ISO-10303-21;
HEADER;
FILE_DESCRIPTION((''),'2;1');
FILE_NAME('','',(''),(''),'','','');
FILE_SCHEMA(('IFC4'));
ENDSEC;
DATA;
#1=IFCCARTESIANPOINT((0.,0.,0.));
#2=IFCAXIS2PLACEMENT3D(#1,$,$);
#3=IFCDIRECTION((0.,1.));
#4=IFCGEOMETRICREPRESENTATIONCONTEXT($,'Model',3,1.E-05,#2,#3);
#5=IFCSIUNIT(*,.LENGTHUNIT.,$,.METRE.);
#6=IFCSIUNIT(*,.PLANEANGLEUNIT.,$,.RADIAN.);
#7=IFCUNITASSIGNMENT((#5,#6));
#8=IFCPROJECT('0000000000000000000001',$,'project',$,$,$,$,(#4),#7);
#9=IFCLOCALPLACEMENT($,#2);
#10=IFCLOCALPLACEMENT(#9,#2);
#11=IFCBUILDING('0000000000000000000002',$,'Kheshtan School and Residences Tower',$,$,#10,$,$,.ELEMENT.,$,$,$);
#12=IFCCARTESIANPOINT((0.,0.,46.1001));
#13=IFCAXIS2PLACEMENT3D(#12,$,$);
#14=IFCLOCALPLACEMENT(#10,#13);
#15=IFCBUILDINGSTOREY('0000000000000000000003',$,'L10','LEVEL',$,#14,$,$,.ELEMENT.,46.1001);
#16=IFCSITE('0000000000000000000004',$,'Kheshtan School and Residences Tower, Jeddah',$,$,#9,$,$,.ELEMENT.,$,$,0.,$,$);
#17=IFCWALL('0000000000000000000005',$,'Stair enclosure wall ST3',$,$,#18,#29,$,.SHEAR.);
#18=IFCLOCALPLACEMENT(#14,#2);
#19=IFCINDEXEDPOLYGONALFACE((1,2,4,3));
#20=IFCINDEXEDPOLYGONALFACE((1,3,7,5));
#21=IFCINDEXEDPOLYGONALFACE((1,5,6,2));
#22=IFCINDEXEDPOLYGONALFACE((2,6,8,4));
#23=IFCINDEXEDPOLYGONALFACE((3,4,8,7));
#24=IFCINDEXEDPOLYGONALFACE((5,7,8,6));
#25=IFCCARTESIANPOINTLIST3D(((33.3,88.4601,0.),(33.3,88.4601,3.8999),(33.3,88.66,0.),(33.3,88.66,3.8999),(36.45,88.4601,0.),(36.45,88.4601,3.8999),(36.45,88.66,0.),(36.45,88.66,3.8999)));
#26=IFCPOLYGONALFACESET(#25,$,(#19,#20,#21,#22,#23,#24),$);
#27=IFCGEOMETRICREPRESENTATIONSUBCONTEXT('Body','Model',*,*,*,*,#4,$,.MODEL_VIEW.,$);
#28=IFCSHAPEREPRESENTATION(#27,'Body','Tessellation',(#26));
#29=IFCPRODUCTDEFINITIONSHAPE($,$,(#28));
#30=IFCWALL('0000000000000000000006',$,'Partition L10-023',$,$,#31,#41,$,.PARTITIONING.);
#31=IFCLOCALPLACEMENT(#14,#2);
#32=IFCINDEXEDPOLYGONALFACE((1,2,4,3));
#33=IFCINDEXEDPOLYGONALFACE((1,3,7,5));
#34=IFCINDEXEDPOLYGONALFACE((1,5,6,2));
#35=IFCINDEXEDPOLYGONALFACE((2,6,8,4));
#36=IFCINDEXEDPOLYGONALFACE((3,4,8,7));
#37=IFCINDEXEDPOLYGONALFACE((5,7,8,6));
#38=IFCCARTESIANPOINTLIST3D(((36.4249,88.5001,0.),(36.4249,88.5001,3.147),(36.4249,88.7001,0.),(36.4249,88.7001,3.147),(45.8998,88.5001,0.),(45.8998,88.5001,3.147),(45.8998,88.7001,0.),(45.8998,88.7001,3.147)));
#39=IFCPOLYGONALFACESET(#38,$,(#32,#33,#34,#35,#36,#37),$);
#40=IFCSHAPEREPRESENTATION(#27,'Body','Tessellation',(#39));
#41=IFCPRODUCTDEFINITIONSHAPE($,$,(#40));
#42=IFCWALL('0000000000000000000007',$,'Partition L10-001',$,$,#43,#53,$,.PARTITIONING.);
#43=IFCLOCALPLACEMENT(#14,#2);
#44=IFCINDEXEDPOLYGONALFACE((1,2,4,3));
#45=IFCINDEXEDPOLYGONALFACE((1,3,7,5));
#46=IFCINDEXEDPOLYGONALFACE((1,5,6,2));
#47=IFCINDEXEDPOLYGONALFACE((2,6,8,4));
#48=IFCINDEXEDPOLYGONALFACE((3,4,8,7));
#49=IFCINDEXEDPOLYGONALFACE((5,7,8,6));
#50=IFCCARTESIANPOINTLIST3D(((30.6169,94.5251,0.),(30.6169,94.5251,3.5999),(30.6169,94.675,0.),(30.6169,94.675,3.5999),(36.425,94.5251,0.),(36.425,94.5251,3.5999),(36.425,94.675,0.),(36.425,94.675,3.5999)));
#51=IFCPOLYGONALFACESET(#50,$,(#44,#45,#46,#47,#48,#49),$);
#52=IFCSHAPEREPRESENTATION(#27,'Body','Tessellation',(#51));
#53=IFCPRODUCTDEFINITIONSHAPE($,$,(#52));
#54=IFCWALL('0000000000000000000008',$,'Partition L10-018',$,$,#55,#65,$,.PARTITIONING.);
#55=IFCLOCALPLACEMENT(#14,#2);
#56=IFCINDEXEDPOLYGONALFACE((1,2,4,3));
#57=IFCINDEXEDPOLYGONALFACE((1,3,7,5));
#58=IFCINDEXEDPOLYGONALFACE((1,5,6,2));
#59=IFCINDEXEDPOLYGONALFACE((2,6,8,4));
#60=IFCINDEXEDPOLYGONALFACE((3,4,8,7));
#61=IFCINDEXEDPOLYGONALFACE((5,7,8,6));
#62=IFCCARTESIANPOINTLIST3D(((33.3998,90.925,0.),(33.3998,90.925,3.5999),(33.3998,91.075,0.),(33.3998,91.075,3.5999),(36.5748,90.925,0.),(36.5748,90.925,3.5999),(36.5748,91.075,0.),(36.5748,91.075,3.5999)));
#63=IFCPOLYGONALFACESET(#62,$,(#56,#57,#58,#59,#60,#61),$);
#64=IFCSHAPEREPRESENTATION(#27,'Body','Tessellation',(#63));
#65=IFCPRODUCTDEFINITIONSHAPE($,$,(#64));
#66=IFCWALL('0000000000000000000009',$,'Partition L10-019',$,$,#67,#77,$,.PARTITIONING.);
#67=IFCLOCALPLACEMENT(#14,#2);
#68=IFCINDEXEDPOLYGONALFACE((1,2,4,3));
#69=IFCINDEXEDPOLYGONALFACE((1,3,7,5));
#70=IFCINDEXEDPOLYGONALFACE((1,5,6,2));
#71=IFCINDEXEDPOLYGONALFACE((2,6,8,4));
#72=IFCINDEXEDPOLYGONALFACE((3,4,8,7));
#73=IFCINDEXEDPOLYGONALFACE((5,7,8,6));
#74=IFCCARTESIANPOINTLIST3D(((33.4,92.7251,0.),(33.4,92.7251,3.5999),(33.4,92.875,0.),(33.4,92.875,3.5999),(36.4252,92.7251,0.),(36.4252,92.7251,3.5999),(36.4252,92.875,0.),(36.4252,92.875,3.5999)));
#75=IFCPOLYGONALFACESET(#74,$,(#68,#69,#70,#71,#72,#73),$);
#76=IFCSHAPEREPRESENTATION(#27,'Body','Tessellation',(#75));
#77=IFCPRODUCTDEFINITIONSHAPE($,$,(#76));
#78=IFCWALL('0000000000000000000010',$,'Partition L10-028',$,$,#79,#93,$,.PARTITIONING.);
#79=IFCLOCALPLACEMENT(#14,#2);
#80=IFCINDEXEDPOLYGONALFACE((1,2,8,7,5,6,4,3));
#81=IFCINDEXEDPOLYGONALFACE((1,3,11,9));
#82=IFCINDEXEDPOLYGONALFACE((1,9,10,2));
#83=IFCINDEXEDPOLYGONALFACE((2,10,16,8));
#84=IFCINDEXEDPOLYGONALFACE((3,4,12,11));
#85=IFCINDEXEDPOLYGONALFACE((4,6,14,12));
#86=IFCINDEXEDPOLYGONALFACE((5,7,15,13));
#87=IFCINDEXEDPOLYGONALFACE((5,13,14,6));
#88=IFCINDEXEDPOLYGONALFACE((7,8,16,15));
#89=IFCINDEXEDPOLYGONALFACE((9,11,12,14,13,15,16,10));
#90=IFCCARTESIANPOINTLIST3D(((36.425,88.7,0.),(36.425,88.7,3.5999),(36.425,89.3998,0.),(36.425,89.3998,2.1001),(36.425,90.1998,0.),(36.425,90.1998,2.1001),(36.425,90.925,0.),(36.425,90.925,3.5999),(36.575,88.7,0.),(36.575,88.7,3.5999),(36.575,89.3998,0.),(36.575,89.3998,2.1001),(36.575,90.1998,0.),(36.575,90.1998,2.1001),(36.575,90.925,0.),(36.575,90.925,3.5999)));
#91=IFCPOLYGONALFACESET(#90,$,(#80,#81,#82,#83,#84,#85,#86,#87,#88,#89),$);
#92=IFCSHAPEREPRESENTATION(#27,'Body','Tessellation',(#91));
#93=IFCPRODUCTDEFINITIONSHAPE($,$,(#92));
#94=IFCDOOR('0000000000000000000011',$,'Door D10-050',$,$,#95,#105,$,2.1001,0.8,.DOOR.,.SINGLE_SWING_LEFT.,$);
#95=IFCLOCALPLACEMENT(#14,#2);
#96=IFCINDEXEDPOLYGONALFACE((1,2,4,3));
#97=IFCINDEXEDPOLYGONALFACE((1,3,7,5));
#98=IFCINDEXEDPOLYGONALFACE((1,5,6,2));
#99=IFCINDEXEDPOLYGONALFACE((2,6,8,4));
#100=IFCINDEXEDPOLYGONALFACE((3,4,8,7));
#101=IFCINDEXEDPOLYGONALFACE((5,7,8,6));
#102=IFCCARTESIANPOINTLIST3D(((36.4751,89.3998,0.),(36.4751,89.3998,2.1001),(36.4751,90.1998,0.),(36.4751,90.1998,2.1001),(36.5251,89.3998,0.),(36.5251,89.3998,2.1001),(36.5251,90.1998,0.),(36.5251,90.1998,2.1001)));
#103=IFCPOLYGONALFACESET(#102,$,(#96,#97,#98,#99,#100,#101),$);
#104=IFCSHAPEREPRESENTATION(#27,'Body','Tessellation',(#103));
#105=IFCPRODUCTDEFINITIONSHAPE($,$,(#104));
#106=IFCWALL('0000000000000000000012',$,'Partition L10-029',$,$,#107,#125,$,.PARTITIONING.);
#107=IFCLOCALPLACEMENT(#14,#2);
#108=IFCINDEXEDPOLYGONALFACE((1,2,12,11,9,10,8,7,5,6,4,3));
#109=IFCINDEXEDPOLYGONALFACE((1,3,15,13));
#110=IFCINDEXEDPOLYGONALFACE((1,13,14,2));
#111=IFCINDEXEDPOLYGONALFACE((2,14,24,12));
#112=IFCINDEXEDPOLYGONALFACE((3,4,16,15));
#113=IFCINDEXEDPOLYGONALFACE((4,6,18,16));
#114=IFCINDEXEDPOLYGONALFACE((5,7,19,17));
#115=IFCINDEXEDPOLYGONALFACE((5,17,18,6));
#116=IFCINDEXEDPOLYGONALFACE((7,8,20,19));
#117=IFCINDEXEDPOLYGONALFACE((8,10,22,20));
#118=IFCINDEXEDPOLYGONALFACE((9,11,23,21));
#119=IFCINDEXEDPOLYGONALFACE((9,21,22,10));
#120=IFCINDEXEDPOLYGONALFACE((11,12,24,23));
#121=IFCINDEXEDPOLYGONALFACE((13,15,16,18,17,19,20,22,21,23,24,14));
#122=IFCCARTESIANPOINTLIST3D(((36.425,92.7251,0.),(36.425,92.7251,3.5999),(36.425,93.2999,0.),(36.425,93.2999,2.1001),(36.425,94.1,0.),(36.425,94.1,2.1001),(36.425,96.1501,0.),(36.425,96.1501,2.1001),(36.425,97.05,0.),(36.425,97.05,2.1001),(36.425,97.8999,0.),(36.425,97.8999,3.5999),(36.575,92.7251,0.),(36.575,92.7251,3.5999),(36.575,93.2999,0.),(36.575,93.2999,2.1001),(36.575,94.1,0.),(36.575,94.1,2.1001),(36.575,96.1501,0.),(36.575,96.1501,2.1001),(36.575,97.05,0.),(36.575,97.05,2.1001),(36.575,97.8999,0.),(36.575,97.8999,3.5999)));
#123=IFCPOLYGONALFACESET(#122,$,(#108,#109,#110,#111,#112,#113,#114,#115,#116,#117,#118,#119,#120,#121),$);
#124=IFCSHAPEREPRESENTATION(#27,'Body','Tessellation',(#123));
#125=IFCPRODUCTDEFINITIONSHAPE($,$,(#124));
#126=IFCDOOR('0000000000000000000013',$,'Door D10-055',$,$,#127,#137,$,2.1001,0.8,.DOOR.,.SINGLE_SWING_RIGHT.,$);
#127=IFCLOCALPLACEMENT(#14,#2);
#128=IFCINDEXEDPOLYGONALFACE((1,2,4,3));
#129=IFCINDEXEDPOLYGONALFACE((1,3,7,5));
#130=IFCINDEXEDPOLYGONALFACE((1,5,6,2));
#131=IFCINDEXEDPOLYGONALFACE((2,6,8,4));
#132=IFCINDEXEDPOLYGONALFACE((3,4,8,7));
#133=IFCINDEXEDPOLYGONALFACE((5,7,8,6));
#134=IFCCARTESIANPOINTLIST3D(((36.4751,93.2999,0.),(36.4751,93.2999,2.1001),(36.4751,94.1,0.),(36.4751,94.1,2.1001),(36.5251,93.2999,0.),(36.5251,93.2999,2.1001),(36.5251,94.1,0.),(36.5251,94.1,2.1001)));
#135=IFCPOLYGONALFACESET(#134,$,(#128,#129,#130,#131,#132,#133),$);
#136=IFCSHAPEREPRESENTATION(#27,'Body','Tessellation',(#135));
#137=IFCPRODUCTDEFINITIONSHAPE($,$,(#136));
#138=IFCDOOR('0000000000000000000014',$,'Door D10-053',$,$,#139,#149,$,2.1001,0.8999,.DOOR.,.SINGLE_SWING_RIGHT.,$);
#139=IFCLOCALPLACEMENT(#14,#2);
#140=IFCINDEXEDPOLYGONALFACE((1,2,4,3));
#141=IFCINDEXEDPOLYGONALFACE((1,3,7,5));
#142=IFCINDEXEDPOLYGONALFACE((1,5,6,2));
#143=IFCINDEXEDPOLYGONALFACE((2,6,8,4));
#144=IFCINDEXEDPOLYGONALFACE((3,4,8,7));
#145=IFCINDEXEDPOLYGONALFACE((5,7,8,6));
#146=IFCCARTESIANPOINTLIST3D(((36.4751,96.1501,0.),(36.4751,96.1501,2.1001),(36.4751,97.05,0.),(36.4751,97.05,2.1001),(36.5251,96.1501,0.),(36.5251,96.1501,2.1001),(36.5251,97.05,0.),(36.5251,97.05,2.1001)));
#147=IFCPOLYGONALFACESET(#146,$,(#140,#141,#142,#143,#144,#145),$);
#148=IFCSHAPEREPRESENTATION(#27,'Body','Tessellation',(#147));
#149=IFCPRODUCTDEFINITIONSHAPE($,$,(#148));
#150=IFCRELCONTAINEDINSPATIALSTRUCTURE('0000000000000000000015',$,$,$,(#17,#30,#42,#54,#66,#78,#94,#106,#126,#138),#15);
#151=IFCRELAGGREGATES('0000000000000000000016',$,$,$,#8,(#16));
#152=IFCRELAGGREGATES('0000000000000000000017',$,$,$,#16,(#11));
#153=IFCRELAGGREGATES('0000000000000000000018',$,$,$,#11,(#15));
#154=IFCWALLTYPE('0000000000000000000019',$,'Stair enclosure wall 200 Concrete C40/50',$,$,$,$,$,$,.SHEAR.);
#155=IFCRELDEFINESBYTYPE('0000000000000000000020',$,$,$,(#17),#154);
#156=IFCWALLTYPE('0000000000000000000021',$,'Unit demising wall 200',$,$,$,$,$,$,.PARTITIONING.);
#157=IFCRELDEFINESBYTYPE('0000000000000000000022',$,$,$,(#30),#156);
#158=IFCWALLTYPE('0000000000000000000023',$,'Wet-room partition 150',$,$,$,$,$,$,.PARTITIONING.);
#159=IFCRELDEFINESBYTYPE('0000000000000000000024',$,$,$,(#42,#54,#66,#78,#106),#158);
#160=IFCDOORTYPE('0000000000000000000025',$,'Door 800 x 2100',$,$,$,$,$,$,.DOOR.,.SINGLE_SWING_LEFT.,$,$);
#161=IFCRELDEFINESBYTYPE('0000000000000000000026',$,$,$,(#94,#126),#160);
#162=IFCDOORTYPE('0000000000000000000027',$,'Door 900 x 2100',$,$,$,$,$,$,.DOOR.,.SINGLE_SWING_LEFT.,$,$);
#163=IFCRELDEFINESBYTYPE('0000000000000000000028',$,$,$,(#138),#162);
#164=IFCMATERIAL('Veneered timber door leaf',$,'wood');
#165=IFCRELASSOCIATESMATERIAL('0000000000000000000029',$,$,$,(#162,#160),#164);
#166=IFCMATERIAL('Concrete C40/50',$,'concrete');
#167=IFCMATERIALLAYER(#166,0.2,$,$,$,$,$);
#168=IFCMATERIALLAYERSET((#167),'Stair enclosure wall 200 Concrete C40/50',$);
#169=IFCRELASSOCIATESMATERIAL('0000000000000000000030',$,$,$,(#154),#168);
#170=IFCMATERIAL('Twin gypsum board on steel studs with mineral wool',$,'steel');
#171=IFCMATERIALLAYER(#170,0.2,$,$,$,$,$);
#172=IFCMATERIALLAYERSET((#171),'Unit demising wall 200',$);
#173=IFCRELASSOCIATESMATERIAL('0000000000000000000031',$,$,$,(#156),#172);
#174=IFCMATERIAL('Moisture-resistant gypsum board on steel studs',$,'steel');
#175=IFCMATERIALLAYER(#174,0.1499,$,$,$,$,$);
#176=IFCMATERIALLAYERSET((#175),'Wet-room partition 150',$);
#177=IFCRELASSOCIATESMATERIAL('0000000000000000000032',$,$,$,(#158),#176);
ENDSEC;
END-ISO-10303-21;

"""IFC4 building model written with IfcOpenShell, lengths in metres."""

from ifc_helpers import new_model, si_unit, direction, frame, frame_2d, origin, place, context, subcontext, project, spatial, rectangle, extrude, source, transform, mapped, material, layer, layer_set, type_object, element, fill, save


model = new_model("IFC4")

# Units and contexts
model_context = context("Model", 3, precision=1e-05, world=origin(), true_north=direction((0.0, 1.0)))
body_context = subcontext(model_context, "Body", "Model", "MODEL_VIEW")
ifc_project = project(units=[si_unit("LENGTHUNIT", "METRE"), si_unit("PLANEANGLEUNIT", "RADIAN")], contexts=[model_context])

# Site, building, storey
site_placement = place(None, origin())
site = spatial("IfcSite", under=ifc_project, at=site_placement, Name="Kheshtan School and Residences Tower, Jeddah", CompositionType="ELEMENT", RefElevation=0.0)
building_placement = place(site_placement, origin())
building = spatial("IfcBuilding", under=site, at=building_placement, Name="Kheshtan School and Residences Tower", CompositionType="ELEMENT")
storey_placement = place(building_placement, frame((0.0, 0.0, 46.1001)))
storey = spatial("IfcBuildingStorey", under=building, at=storey_placement, Name="L10", Description="LEVEL", CompositionType="ELEMENT", Elevation=46.1001)

# Shared definitions
ifc_material_1 = material(Name="Veneered timber door leaf", Category="wood")
door_type_1 = type_object("IfcDoorType", Name="Door 900 x 2100", OperationType="SINGLE_SWING_LEFT", PredefinedType="DOOR", material=ifc_material_1)
shared_shape_1 = source(origin(), body_context, "Body", "SweptSolid", [
    extrude(rectangle(XDim=0.8999, YDim=2.1001, at=frame_2d((0.45, 1.05))), frame((0.0, 0.0249, 0.0), z_axis=(0.0, -1.0, 0.0), x_axis=(1.0, 0.0, 0.0)), (0.0, 0.0, 1.0), 0.05),
])

# Walls
ifc_material_2 = material(Name="Concrete C40/50", Category="concrete")
ifc_layer_1 = layer(ifc_material_2, 0.2)
ifc_layer_set_1 = layer_set([ifc_layer_1], Name="Stair enclosure wall 200 Concrete C40/50")
wall_type_1 = type_object("IfcWallType", Name="Stair enclosure wall 200 Concrete C40/50", PredefinedType="SHEAR", material=ifc_layer_set_1)
wall_1_placement = place(storey_placement, frame((33.3, 88.5601, 0.0), z_axis=(0.0, 0.0, 1.0), x_axis=(1.0, 0.0, 0.0)))
element("IfcWall", 1, at=wall_1_placement, inside=storey, type_object=wall_type_1, Name="Stair enclosure wall ST3", PredefinedType="SHEAR", context=body_context, shape_type="SweptSolid", body=[
    extrude(rectangle(XDim=3.1499, YDim=0.2, at=frame_2d((1.575, 0.0))), origin(), (0.0, 0.0, 1.0), 3.8999),
])
ifc_material_3 = material(Name="Twin gypsum board on steel studs with mineral wool", Category="steel")
ifc_layer_2 = layer(ifc_material_3, 0.2)
ifc_layer_set_2 = layer_set([ifc_layer_2], Name="Unit demising wall 200")
wall_type_2 = type_object("IfcWallType", Name="Unit demising wall 200", PredefinedType="PARTITIONING", material=ifc_layer_set_2)
wall_2_placement = place(storey_placement, frame((36.425, 88.6001, 0.0), z_axis=(0.0, 0.0, 1.0), x_axis=(1.0, 0.0, 0.0)))
element("IfcWall", 2, at=wall_2_placement, inside=storey, type_object=wall_type_2, Name="Partition L10-023", PredefinedType="PARTITIONING", context=body_context, shape_type="SweptSolid", body=[
    extrude(rectangle(XDim=9.4749, YDim=0.2, at=frame_2d((4.7373, 0.0))), origin(), (0.0, 0.0, 1.0), 3.147),
])
ifc_material_4 = material(Name="Moisture-resistant gypsum board on steel studs", Category="steel")
ifc_layer_3 = layer(ifc_material_4, 0.1499)
ifc_layer_set_3 = layer_set([ifc_layer_3], Name="Wet-room partition 150")
wall_type_3 = type_object("IfcWallType", Name="Wet-room partition 150", PredefinedType="PARTITIONING", material=ifc_layer_set_3)
wall_3_placement = place(storey_placement, frame((30.6169, 94.6001, 0.0), z_axis=(0.0, 0.0, 1.0), x_axis=(1.0, 0.0, 0.0)))
element("IfcWall", 3, at=wall_3_placement, inside=storey, type_object=wall_type_3, Name="Partition L10-001", PredefinedType="PARTITIONING", context=body_context, shape_type="SweptSolid", body=[
    extrude(rectangle(XDim=5.8081, YDim=0.1499, at=frame_2d((2.9041, 0.0))), origin(), (0.0, 0.0, 1.0), 3.5999),
])
wall_4_placement = place(storey_placement, frame((33.3999, 91.0, 0.0), z_axis=(0.0, 0.0, 1.0), x_axis=(1.0, 0.0, 0.0)))
element("IfcWall", 4, at=wall_4_placement, inside=storey, type_object=wall_type_3, Name="Partition L10-018", PredefinedType="PARTITIONING", context=body_context, shape_type="SweptSolid", body=[
    extrude(rectangle(XDim=3.175, YDim=0.1499, at=frame_2d((1.5874, 0.0))), origin(), (0.0, 0.0, 1.0), 3.5999),
])
wall_5_placement = place(storey_placement, frame((33.3999, 92.8, 0.0), z_axis=(0.0, 0.0, 1.0), x_axis=(1.0, 0.0, 0.0)))
element("IfcWall", 5, at=wall_5_placement, inside=storey, type_object=wall_type_3, Name="Partition L10-019", PredefinedType="PARTITIONING", context=body_context, shape_type="SweptSolid", body=[
    extrude(rectangle(XDim=3.0251, YDim=0.1499, at=frame_2d((1.5127, 0.0))), origin(), (0.0, 0.0, 1.0), 3.5999),
])

# Wall, opening, door
wall_6_placement = place(storey_placement, frame((36.5, 88.7, 0.0), z_axis=(0.0, 0.0, 1.0), x_axis=(0.0, 1.0, 0.0)))
wall_6 = element("IfcWall", 6, at=wall_6_placement, inside=storey, type_object=wall_type_3, Name="Partition L10-028", PredefinedType="PARTITIONING", context=body_context, shape_type="SweptSolid", body=[
    extrude(rectangle(XDim=2.2251, YDim=0.1499, at=frame_2d((1.1125, 0.0))), origin(), (0.0, 0.0, 1.0), 3.5999),
])
opening_1_placement = place(wall_6_placement, frame((0.7, 0.0, 0.0)))
opening_1 = element("IfcOpeningElement", 7, at=opening_1_placement, cuts=wall_6, PredefinedType="OPENING", context=body_context, shape_type="SweptSolid", body=[
    extrude(rectangle(XDim=0.8, YDim=2.1001, at=frame_2d((0.3999, 1.05))), frame((0.0, 0.085, 0.0), z_axis=(0.0, -1.0, 0.0), x_axis=(1.0, 0.0, 0.0)), (0.0, 0.0, 1.0), 0.1699),
])
door_type_2 = type_object("IfcDoorType", Name="Door 800 x 2100", OperationType="SINGLE_SWING_LEFT", PredefinedType="DOOR", material=ifc_material_1)
shared_shape_2 = source(origin(), body_context, "Body", "SweptSolid", [
    extrude(rectangle(XDim=0.8, YDim=2.1001, at=frame_2d((0.3999, 1.05))), frame((0.0, 0.0249, 0.0), z_axis=(0.0, -1.0, 0.0), x_axis=(1.0, 0.0, 0.0)), (0.0, 0.0, 1.0), 0.05),
])
door_1_placement = place(opening_1_placement, origin())
door_1 = element("IfcDoor", 8, at=door_1_placement, inside=storey, type_object=door_type_2, Name="Door D10-050", OperationType="SINGLE_SWING_LEFT", OverallHeight=2.1001, OverallWidth=0.8, PredefinedType="DOOR", context=body_context, shape_type="MappedRepresentation", body=[
    mapped(shared_shape_2, transform((0.0, 0.0, 0.0), x_axis=(1.0, 0.0, 0.0), y_axis=(0.0, 1.0, 0.0), z_axis=(0.0, 0.0, 1.0), scale=1.0)),
])
fill(opening_1, door_1)

# Wall, openings, doors
wall_7_placement = place(storey_placement, frame((36.5, 92.7251, 0.0), z_axis=(0.0, 0.0, 1.0), x_axis=(0.0, 1.0, 0.0)))
wall_7 = element("IfcWall", 9, at=wall_7_placement, inside=storey, type_object=wall_type_3, Name="Partition L10-029", PredefinedType="PARTITIONING", context=body_context, shape_type="SweptSolid", body=[
    extrude(rectangle(XDim=5.1748, YDim=0.1499, at=frame_2d((2.5874, 0.0))), origin(), (0.0, 0.0, 1.0), 3.5999),
])
opening_2_placement = place(wall_7_placement, frame((3.425, 0.0, 0.0)))
opening_2 = element("IfcOpeningElement", 10, at=opening_2_placement, cuts=wall_7, PredefinedType="OPENING", context=body_context, shape_type="SweptSolid", body=[
    extrude(rectangle(XDim=0.8999, YDim=2.1001, at=frame_2d((0.45, 1.05))), frame((0.0, 0.085, 0.0), z_axis=(0.0, -1.0, 0.0), x_axis=(1.0, 0.0, 0.0)), (0.0, 0.0, 1.0), 0.1699),
])
opening_3_placement = place(wall_7_placement, frame((0.575, 0.0, 0.0)))
opening_3 = element("IfcOpeningElement", 11, at=opening_3_placement, cuts=wall_7, PredefinedType="OPENING", context=body_context, shape_type="SweptSolid", body=[
    extrude(rectangle(XDim=0.8, YDim=2.1001, at=frame_2d((0.3999, 1.05))), frame((0.0, 0.085, 0.0), z_axis=(0.0, -1.0, 0.0), x_axis=(1.0, 0.0, 0.0)), (0.0, 0.0, 1.0), 0.1699),
])
door_2_placement = place(opening_3_placement, origin())
door_2 = element("IfcDoor", 12, at=door_2_placement, inside=storey, type_object=door_type_2, Name="Door D10-055", OperationType="SINGLE_SWING_RIGHT", OverallHeight=2.1001, OverallWidth=0.8, PredefinedType="DOOR", context=body_context, shape_type="MappedRepresentation", body=[
    mapped(shared_shape_2, transform((0.0, 0.0, 0.0), x_axis=(1.0, 0.0, 0.0), y_axis=(0.0, 1.0, 0.0), z_axis=(0.0, 0.0, 1.0), scale=1.0)),
])
fill(opening_3, door_2)
door_3_placement = place(opening_2_placement, origin())
door_3 = element("IfcDoor", 13, at=door_3_placement, inside=storey, type_object=door_type_1, Name="Door D10-053", OperationType="SINGLE_SWING_RIGHT", OverallHeight=2.1001, OverallWidth=0.8999, PredefinedType="DOOR", context=body_context, shape_type="MappedRepresentation", body=[
    mapped(shared_shape_1, transform((0.0, 0.0, 0.0), x_axis=(1.0, 0.0, 0.0), y_axis=(0.0, 1.0, 0.0), z_axis=(0.0, 0.0, 1.0), scale=1.0)),
])
fill(opening_2, door_3)

save(model, "model.ifc")
